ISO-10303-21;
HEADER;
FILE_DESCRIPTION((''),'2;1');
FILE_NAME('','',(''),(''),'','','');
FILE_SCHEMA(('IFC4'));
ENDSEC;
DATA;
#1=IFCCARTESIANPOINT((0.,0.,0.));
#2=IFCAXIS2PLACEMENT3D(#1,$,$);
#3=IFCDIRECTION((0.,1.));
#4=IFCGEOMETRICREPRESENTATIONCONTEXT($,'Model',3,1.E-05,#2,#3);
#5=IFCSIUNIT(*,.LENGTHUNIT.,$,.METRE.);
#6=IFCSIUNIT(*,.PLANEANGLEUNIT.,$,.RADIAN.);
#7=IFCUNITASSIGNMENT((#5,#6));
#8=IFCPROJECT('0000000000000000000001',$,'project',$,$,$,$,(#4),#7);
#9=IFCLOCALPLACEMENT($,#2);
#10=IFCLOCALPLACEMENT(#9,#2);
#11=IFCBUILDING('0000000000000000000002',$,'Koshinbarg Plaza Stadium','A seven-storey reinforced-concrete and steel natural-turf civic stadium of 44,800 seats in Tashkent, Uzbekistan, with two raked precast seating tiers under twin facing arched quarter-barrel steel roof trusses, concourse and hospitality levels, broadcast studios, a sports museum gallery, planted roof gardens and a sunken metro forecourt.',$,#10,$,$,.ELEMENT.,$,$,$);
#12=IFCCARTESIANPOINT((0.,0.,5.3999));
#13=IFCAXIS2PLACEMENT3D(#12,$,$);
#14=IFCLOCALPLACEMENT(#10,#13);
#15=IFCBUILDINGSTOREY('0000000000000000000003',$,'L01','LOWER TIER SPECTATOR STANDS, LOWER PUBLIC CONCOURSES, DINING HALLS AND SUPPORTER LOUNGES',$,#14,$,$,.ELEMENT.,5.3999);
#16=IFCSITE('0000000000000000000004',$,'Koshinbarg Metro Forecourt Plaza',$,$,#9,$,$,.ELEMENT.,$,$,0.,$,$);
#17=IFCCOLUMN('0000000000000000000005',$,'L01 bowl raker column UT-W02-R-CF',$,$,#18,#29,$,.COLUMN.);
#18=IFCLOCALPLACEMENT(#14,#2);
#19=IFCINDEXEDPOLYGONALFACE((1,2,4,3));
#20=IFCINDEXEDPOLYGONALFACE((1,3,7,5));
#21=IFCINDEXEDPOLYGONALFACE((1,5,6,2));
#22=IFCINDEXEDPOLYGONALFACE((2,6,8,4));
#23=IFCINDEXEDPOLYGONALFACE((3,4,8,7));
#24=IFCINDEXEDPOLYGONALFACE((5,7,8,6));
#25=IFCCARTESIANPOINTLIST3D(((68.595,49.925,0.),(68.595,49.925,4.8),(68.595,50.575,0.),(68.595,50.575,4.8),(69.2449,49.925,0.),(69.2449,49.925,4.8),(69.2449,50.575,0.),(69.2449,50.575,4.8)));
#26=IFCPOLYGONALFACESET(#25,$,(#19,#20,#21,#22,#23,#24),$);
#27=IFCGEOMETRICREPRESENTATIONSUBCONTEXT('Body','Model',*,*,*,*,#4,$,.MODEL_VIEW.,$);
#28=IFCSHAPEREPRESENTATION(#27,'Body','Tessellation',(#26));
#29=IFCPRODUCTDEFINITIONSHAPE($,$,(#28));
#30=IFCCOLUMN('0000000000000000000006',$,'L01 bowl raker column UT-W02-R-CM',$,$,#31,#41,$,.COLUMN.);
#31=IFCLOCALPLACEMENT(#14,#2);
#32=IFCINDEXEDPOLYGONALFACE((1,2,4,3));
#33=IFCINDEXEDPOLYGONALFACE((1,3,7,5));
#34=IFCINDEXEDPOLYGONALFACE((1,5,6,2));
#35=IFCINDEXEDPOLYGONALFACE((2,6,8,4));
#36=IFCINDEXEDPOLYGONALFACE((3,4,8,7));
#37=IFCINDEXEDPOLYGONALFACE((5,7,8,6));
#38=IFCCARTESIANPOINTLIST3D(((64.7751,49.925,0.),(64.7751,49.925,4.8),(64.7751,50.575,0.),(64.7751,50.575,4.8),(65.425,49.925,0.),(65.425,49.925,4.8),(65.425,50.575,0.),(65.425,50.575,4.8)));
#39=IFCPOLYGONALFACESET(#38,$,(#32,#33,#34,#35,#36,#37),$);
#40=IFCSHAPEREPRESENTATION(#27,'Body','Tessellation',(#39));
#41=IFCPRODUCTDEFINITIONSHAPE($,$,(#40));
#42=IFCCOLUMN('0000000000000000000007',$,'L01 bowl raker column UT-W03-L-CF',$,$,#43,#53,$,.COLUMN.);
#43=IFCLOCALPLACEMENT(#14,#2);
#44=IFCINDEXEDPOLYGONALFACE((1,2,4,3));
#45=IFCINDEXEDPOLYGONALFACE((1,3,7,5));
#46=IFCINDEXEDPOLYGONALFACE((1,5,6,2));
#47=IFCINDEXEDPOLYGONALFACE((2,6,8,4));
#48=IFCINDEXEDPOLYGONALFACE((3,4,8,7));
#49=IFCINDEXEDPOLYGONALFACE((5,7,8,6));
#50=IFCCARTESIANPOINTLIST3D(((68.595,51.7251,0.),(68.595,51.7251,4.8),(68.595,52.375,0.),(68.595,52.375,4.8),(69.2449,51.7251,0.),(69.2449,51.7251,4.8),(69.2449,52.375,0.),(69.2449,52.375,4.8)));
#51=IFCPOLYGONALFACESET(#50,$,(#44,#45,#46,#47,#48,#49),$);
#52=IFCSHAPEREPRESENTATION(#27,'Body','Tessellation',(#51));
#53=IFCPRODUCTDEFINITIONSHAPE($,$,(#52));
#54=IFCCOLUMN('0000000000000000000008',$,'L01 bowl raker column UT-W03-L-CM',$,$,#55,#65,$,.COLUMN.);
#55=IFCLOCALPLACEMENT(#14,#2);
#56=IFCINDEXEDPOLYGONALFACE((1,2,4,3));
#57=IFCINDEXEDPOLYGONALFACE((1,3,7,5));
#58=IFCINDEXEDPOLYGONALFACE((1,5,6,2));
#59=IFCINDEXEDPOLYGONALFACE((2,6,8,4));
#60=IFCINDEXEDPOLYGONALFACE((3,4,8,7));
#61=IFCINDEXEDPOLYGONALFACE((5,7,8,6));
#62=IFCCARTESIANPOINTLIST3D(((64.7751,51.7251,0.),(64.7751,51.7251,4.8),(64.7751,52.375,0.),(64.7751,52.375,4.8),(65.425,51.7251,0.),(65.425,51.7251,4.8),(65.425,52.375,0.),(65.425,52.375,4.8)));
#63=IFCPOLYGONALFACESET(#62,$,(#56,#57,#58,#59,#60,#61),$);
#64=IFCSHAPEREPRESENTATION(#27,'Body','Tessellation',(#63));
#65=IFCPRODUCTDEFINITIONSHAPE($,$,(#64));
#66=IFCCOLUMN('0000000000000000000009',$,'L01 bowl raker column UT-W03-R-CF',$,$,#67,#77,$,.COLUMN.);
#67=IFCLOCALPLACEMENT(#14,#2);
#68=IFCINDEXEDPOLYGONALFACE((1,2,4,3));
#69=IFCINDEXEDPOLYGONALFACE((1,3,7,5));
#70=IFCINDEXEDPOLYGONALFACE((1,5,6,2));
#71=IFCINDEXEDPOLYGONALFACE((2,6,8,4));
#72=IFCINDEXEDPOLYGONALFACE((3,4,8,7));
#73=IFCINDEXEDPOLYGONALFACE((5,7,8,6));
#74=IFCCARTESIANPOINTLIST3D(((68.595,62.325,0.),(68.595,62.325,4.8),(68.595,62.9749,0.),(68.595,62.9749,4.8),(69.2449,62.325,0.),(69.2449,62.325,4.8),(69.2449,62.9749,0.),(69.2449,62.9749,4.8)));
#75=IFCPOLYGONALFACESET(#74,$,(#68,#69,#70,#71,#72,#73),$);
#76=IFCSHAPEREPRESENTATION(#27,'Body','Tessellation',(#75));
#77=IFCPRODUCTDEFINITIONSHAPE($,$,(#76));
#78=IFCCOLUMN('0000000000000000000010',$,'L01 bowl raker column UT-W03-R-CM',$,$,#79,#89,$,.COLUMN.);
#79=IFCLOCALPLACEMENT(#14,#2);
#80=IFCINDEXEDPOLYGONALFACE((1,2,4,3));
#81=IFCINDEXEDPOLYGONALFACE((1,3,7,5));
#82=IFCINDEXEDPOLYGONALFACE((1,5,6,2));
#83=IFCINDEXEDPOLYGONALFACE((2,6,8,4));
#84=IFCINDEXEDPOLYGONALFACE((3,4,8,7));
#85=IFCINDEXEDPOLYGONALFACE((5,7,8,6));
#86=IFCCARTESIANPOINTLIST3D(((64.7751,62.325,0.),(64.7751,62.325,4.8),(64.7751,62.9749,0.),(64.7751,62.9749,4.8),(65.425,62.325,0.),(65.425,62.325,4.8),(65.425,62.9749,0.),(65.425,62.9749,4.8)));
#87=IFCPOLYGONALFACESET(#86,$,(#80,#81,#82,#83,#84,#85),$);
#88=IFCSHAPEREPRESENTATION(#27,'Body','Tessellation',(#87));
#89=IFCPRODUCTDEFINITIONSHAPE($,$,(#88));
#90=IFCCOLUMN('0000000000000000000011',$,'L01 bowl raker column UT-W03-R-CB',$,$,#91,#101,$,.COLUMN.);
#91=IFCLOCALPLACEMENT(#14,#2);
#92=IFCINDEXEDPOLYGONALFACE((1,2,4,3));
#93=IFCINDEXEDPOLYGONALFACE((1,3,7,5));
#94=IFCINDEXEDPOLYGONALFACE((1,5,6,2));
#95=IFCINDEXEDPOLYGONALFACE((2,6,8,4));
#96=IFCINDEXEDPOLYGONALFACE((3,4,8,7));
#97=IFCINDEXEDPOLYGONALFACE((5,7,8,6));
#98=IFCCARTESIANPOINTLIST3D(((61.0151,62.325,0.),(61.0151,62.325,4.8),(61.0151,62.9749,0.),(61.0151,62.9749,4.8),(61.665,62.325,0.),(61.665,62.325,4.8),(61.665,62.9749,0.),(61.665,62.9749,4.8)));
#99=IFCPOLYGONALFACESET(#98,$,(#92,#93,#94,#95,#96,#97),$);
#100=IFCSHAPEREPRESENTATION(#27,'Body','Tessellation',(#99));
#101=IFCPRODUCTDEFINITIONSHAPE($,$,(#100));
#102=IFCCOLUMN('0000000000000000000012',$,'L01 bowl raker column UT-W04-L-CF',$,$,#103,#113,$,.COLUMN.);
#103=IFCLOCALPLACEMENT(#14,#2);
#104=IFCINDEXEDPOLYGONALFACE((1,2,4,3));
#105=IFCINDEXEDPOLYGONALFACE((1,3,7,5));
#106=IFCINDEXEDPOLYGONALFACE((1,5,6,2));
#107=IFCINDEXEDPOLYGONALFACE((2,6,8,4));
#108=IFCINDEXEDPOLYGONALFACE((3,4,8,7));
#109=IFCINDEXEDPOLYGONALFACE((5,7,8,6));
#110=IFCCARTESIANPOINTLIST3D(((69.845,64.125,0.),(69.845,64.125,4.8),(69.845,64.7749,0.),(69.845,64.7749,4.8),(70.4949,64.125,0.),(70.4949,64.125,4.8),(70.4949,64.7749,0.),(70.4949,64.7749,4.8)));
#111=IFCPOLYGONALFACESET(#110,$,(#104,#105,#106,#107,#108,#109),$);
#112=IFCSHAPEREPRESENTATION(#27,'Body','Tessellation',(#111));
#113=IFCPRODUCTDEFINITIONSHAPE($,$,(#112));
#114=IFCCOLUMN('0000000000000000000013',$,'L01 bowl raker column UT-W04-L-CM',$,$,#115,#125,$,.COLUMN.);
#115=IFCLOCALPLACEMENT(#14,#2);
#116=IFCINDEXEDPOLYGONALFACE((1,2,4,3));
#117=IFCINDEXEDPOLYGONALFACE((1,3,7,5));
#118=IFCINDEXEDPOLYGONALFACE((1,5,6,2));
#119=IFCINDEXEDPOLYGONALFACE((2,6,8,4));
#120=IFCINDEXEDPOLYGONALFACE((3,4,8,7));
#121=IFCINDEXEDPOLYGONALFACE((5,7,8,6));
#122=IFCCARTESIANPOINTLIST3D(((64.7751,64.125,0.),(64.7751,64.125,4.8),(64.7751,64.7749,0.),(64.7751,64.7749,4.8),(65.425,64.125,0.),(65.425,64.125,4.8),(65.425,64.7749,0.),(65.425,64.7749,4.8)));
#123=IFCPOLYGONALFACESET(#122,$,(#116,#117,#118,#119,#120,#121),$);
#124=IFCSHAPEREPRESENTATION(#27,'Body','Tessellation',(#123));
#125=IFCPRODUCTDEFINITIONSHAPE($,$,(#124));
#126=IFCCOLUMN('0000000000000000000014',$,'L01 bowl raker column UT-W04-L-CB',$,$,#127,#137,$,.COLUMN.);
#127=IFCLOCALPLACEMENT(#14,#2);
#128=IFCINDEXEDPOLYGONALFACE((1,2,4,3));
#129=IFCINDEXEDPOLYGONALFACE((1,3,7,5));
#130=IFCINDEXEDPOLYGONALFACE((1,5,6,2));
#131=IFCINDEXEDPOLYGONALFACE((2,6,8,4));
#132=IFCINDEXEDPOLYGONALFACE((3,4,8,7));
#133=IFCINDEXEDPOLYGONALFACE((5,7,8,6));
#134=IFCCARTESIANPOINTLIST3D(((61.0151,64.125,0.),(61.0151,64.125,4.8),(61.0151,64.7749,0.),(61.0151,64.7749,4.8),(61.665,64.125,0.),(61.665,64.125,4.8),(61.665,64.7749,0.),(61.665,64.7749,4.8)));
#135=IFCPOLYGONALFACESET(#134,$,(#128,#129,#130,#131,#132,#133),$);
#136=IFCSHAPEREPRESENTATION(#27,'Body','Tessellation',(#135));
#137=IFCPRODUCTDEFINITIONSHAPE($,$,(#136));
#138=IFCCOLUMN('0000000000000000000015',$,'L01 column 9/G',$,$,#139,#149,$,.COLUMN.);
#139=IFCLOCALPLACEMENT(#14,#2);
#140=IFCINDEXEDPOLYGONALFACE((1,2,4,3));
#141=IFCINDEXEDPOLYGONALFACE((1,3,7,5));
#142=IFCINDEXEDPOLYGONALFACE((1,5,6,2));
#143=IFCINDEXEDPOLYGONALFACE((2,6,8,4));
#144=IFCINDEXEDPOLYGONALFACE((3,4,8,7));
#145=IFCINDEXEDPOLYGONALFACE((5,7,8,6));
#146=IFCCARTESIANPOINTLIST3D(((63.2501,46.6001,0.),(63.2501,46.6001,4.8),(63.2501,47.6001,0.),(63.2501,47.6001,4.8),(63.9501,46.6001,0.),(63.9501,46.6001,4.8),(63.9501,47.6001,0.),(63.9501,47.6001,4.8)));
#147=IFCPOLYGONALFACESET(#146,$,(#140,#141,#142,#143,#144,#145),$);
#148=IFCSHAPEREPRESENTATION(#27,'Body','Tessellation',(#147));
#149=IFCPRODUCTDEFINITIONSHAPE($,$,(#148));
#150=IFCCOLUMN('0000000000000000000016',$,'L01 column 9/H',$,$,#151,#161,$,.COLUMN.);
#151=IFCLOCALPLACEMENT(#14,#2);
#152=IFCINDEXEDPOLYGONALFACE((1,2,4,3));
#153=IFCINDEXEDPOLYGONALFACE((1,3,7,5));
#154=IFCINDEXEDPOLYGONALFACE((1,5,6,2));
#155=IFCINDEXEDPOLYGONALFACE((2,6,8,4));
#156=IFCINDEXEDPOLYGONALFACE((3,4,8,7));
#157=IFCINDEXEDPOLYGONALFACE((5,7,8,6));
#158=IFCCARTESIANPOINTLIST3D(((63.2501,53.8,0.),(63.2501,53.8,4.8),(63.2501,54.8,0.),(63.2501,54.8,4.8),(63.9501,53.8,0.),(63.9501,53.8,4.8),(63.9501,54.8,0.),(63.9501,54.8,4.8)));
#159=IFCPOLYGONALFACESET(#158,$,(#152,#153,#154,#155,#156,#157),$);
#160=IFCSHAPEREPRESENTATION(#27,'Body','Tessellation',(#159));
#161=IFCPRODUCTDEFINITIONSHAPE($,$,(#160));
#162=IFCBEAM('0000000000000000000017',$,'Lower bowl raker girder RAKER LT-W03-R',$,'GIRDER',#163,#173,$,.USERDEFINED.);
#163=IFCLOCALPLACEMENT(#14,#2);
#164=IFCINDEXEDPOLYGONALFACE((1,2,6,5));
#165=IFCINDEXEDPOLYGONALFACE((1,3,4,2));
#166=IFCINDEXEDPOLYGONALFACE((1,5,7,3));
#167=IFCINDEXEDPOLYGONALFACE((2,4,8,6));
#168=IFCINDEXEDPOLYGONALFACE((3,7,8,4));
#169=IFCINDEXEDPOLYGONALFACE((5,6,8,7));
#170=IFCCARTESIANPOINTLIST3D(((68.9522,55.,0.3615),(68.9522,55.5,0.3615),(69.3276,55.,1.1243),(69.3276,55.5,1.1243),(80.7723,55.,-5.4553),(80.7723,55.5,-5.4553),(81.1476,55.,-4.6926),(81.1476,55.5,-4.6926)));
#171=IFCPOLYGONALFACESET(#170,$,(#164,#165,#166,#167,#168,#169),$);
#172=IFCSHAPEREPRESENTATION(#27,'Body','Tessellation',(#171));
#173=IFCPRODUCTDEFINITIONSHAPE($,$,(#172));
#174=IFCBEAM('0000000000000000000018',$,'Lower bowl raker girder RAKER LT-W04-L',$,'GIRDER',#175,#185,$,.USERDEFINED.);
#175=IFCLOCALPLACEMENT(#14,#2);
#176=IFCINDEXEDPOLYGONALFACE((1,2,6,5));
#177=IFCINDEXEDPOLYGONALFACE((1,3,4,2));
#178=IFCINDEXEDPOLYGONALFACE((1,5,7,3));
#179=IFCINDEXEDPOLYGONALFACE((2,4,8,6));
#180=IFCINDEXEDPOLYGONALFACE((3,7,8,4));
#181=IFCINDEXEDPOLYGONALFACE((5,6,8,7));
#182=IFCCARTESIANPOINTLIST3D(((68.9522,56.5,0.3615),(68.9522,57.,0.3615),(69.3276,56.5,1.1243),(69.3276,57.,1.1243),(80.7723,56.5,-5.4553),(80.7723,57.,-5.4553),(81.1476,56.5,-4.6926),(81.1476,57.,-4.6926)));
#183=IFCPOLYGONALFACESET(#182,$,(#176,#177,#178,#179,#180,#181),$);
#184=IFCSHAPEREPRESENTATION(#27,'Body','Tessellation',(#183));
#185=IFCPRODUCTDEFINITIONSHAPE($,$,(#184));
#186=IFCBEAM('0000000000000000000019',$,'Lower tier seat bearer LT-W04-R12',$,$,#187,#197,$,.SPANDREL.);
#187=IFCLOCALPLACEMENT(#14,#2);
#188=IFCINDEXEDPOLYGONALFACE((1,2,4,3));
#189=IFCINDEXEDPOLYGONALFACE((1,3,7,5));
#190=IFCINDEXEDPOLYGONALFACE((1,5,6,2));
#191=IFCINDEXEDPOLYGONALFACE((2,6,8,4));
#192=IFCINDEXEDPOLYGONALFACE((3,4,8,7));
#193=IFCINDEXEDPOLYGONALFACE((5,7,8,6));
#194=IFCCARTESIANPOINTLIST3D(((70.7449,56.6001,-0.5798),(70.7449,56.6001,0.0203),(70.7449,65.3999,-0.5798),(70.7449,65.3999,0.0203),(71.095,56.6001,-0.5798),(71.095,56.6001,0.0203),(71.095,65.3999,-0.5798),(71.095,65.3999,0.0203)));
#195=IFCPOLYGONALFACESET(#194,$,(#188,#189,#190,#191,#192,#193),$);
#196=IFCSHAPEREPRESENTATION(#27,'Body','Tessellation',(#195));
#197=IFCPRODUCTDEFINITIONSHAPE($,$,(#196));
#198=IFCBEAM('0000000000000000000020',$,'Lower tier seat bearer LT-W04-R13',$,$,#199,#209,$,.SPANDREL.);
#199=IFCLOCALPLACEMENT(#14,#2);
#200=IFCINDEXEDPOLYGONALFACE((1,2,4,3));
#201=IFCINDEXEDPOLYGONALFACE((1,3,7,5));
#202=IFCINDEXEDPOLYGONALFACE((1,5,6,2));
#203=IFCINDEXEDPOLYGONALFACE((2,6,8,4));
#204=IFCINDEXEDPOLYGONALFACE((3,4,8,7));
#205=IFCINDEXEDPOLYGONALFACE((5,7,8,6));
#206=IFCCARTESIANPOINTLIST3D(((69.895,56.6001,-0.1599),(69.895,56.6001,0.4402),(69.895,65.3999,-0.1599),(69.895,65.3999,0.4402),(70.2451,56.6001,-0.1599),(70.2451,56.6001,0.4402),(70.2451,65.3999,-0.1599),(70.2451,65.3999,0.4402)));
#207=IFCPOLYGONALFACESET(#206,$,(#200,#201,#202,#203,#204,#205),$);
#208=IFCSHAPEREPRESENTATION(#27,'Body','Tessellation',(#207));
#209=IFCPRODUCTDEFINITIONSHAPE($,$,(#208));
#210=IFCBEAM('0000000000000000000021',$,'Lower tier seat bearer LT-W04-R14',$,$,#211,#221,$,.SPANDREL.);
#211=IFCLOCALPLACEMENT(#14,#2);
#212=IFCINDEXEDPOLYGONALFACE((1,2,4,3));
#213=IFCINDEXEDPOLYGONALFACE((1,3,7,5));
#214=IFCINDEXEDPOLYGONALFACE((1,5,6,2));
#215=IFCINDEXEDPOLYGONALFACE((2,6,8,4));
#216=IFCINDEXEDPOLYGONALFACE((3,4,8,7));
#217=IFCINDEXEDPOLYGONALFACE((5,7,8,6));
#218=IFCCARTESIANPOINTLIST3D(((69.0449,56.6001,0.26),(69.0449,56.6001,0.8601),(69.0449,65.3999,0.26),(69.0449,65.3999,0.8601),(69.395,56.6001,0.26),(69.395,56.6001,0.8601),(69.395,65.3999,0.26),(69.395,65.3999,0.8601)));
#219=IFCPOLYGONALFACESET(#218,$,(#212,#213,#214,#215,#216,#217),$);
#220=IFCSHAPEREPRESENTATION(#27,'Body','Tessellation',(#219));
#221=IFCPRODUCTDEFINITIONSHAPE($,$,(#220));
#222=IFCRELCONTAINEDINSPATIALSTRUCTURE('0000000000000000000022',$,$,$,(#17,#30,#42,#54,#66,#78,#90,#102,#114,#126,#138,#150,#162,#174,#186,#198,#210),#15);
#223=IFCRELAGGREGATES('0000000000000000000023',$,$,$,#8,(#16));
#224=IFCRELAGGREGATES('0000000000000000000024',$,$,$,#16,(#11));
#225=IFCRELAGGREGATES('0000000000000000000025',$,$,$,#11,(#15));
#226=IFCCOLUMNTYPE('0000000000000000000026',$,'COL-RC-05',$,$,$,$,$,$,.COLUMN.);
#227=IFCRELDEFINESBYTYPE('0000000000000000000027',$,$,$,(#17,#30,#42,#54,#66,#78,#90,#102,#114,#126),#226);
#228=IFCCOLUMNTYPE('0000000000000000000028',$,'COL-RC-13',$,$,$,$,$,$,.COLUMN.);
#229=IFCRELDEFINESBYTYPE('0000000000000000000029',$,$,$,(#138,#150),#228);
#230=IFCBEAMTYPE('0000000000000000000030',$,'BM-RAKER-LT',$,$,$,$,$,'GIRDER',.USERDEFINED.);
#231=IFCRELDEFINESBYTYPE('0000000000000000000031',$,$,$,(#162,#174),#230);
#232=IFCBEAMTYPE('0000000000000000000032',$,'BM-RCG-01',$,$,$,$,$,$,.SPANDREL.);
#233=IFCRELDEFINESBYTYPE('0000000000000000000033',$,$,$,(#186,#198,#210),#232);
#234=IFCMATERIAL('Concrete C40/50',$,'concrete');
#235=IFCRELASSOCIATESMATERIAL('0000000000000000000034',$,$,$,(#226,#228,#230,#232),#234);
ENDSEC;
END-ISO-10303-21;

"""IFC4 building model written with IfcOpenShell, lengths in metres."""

from ifc_helpers import new_model, si_unit, direction, frame, origin, origin_2d, place, context, subcontext, project, spatial, rectangle, extrude, material, material_profile, profile_set, type_object, element, save


model = new_model("IFC4")

# Units and contexts
model_context = context("Model", 3, precision=1e-05, world=origin(), true_north=direction((0.0, 1.0)))
body_context = subcontext(model_context, "Body", "Model", "MODEL_VIEW")
ifc_project = project(units=[si_unit("LENGTHUNIT", "METRE"), si_unit("PLANEANGLEUNIT", "RADIAN")], contexts=[model_context])

# Site, building, storey
site_placement = place(None, origin())
site = spatial("IfcSite", under=ifc_project, at=site_placement, Name="Koshinbarg Metro Forecourt Plaza", CompositionType="ELEMENT", RefElevation=0.0)
building_placement = place(site_placement, origin())
building = spatial("IfcBuilding", under=site, at=building_placement, Name="Koshinbarg Plaza Stadium", Description="A seven-storey reinforced-concrete and steel natural-turf civic stadium of 44,800 seats in Tashkent, Uzbekistan, with two raked precast seating tiers under twin facing arched quarter-barrel steel roof trusses, concourse and hospitality levels, broadcast studios, a sports museum gallery, planted roof gardens and a sunken metro forecourt.", CompositionType="ELEMENT")
storey_placement = place(building_placement, frame((0.0, 0.0, 5.3999)))
storey = spatial("IfcBuildingStorey", under=building, at=storey_placement, Name="L01", Description="LOWER TIER SPECTATOR STANDS, LOWER PUBLIC CONCOURSES, DINING HALLS AND SUPPORTER LOUNGES", CompositionType="ELEMENT", Elevation=5.3999)

# Columns
ifc_material_1 = material(Name="Concrete C40/50", Category="concrete")
ifc_material_profile_1 = material_profile(ifc_material_1, rectangle(XDim=0.6499, YDim=0.6499, at=origin_2d()), Name="RC 650x650")
ifc_profile_set_1 = profile_set([ifc_material_profile_1], Name="Concrete C40/50")
column_type_1 = type_object("IfcColumnType", Name="COL-RC-05", PredefinedType="COLUMN", material=ifc_profile_set_1)
for number, where, z_axis, x_axis, name in (
    (1, (68.9199, 50.25, 0.0), (0.0, 0.0, 1.0), (1.0, 0.0, 0.0), "L01 bowl raker column UT-W02-R-CF"),
    (2, (65.1001, 50.25, 0.0), (0.0, 0.0, 1.0), (1.0, 0.0, 0.0), "L01 bowl raker column UT-W02-R-CM"),
    (3, (68.9199, 52.05, 0.0), (0.0, 0.0, 1.0), (1.0, 0.0, 0.0), "L01 bowl raker column UT-W03-L-CF"),
    (4, (65.1001, 52.05, 0.0), (0.0, 0.0, 1.0), (1.0, 0.0, 0.0), "L01 bowl raker column UT-W03-L-CM"),
    (5, (68.9199, 62.6499, 0.0), (0.0, 0.0, 1.0), (1.0, 0.0, 0.0), "L01 bowl raker column UT-W03-R-CF"),
    (6, (65.1001, 62.6499, 0.0), (0.0, 0.0, 1.0), (1.0, 0.0, 0.0), "L01 bowl raker column UT-W03-R-CM"),
    (7, (61.3401, 62.6499, 0.0), (0.0, 0.0, 1.0), (1.0, 0.0, 0.0), "L01 bowl raker column UT-W03-R-CB"),
    (8, (70.1699, 64.45, 0.0), (0.0, 0.0, 1.0), (1.0, 0.0, 0.0), "L01 bowl raker column UT-W04-L-CF"),
    (9, (65.1001, 64.45, 0.0), (0.0, 0.0, 1.0), (1.0, 0.0, 0.0), "L01 bowl raker column UT-W04-L-CM"),
    (10, (61.3401, 64.45, 0.0), (0.0, 0.0, 1.0), (1.0, 0.0, 0.0), "L01 bowl raker column UT-W04-L-CB"),
):
    element("IfcColumn", number, at=place(storey_placement, frame(where, z_axis=z_axis, x_axis=x_axis)), inside=storey, type_object=column_type_1, Name=name, PredefinedType="COLUMN", context=body_context, shape_type="SweptSolid", body=[
        extrude(rectangle(XDim=0.6499, YDim=0.6499, at=origin_2d()), origin(), (0.0, 0.0, 1.0), 4.8),
    ])
ifc_material_profile_2 = material_profile(ifc_material_1, rectangle(XDim=0.7, YDim=1.0, at=origin_2d()), Name="RC 700x1000")
ifc_profile_set_2 = profile_set([ifc_material_profile_2], Name="Concrete C40/50")
column_type_2 = type_object("IfcColumnType", Name="COL-RC-13", PredefinedType="COLUMN", material=ifc_profile_set_2)
for number, where, z_axis, x_axis, name in (
    (11, (63.6001, 47.1001, 0.0), (0.0, 0.0, 1.0), (1.0, 0.0, 0.0), "L01 column 9/G"),
    (12, (63.6001, 54.3, 0.0), (0.0, 0.0, 1.0), (1.0, 0.0, 0.0), "L01 column 9/H"),
):
    element("IfcColumn", number, at=place(storey_placement, frame(where, z_axis=z_axis, x_axis=x_axis)), inside=storey, type_object=column_type_2, Name=name, PredefinedType="COLUMN", context=body_context, shape_type="SweptSolid", body=[
        extrude(rectangle(XDim=0.7, YDim=1.0, at=origin_2d()), origin(), (0.0, 0.0, 1.0), 4.8),
    ])

# Beams
ifc_material_profile_3 = material_profile(ifc_material_1, rectangle(XDim=0.5, YDim=0.8501, at=origin_2d()), Name="RC 500x850")
ifc_profile_set_3 = profile_set([ifc_material_profile_3], Name="Concrete C40/50")
beam_type_1 = type_object("IfcBeamType", Name="BM-RAKER-LT", ElementType="GIRDER", PredefinedType="USERDEFINED", material=ifc_profile_set_3)
for number, where, z_axis, x_axis, name in (
    (13, (80.96, 55.25, -5.074), (-0.897237, 0.0, 0.441549), (0.0, -1.0, 0.0), "Lower bowl raker girder RAKER LT-W03-R"),
    (14, (80.96, 56.75, -5.074), (-0.897237, 0.0, 0.441549), (0.0, -1.0, 0.0), "Lower bowl raker girder RAKER LT-W04-L"),
):
    element("IfcBeam", number, at=place(storey_placement, frame(where, z_axis=z_axis, x_axis=x_axis)), inside=storey, type_object=beam_type_1, Name=name, ObjectType="GIRDER", PredefinedType="USERDEFINED", context=body_context, shape_type="SweptSolid", body=[
        extrude(rectangle(XDim=0.5, YDim=0.8501, at=origin_2d()), origin(), (0.0, 0.0, 1.0), 13.1738),
    ])
ifc_material_profile_4 = material_profile(ifc_material_1, rectangle(XDim=0.3501, YDim=0.6001, at=origin_2d()), Name="RC 350x600")
ifc_profile_set_4 = profile_set([ifc_material_profile_4], Name="Concrete C40/50")
beam_type_2 = type_object("IfcBeamType", Name="BM-RCG-01", PredefinedType="SPANDREL", material=ifc_profile_set_4)
for number, where, z_axis, x_axis, name in (
    (15, (70.9199, 56.6001, -0.2798), (0.0, 1.0, 0.0), (-1.0, 0.0, 0.0), "Lower tier seat bearer LT-W04-R12"),
    (16, (70.0701, 56.6001, 0.1401), (0.0, 1.0, 0.0), (-1.0, 0.0, 0.0), "Lower tier seat bearer LT-W04-R13"),
    (17, (69.22, 56.6001, 0.5601), (0.0, 1.0, 0.0), (-1.0, 0.0, 0.0), "Lower tier seat bearer LT-W04-R14"),
):
    element("IfcBeam", number, at=place(storey_placement, frame(where, z_axis=z_axis, x_axis=x_axis)), inside=storey, type_object=beam_type_2, Name=name, PredefinedType="SPANDREL", context=body_context, shape_type="SweptSolid", body=[
        extrude(rectangle(XDim=0.3501, YDim=0.6001, at=origin_2d()), origin(), (0.0, 0.0, 1.0), 8.7998),
    ])

save(model, "model.ifc")
